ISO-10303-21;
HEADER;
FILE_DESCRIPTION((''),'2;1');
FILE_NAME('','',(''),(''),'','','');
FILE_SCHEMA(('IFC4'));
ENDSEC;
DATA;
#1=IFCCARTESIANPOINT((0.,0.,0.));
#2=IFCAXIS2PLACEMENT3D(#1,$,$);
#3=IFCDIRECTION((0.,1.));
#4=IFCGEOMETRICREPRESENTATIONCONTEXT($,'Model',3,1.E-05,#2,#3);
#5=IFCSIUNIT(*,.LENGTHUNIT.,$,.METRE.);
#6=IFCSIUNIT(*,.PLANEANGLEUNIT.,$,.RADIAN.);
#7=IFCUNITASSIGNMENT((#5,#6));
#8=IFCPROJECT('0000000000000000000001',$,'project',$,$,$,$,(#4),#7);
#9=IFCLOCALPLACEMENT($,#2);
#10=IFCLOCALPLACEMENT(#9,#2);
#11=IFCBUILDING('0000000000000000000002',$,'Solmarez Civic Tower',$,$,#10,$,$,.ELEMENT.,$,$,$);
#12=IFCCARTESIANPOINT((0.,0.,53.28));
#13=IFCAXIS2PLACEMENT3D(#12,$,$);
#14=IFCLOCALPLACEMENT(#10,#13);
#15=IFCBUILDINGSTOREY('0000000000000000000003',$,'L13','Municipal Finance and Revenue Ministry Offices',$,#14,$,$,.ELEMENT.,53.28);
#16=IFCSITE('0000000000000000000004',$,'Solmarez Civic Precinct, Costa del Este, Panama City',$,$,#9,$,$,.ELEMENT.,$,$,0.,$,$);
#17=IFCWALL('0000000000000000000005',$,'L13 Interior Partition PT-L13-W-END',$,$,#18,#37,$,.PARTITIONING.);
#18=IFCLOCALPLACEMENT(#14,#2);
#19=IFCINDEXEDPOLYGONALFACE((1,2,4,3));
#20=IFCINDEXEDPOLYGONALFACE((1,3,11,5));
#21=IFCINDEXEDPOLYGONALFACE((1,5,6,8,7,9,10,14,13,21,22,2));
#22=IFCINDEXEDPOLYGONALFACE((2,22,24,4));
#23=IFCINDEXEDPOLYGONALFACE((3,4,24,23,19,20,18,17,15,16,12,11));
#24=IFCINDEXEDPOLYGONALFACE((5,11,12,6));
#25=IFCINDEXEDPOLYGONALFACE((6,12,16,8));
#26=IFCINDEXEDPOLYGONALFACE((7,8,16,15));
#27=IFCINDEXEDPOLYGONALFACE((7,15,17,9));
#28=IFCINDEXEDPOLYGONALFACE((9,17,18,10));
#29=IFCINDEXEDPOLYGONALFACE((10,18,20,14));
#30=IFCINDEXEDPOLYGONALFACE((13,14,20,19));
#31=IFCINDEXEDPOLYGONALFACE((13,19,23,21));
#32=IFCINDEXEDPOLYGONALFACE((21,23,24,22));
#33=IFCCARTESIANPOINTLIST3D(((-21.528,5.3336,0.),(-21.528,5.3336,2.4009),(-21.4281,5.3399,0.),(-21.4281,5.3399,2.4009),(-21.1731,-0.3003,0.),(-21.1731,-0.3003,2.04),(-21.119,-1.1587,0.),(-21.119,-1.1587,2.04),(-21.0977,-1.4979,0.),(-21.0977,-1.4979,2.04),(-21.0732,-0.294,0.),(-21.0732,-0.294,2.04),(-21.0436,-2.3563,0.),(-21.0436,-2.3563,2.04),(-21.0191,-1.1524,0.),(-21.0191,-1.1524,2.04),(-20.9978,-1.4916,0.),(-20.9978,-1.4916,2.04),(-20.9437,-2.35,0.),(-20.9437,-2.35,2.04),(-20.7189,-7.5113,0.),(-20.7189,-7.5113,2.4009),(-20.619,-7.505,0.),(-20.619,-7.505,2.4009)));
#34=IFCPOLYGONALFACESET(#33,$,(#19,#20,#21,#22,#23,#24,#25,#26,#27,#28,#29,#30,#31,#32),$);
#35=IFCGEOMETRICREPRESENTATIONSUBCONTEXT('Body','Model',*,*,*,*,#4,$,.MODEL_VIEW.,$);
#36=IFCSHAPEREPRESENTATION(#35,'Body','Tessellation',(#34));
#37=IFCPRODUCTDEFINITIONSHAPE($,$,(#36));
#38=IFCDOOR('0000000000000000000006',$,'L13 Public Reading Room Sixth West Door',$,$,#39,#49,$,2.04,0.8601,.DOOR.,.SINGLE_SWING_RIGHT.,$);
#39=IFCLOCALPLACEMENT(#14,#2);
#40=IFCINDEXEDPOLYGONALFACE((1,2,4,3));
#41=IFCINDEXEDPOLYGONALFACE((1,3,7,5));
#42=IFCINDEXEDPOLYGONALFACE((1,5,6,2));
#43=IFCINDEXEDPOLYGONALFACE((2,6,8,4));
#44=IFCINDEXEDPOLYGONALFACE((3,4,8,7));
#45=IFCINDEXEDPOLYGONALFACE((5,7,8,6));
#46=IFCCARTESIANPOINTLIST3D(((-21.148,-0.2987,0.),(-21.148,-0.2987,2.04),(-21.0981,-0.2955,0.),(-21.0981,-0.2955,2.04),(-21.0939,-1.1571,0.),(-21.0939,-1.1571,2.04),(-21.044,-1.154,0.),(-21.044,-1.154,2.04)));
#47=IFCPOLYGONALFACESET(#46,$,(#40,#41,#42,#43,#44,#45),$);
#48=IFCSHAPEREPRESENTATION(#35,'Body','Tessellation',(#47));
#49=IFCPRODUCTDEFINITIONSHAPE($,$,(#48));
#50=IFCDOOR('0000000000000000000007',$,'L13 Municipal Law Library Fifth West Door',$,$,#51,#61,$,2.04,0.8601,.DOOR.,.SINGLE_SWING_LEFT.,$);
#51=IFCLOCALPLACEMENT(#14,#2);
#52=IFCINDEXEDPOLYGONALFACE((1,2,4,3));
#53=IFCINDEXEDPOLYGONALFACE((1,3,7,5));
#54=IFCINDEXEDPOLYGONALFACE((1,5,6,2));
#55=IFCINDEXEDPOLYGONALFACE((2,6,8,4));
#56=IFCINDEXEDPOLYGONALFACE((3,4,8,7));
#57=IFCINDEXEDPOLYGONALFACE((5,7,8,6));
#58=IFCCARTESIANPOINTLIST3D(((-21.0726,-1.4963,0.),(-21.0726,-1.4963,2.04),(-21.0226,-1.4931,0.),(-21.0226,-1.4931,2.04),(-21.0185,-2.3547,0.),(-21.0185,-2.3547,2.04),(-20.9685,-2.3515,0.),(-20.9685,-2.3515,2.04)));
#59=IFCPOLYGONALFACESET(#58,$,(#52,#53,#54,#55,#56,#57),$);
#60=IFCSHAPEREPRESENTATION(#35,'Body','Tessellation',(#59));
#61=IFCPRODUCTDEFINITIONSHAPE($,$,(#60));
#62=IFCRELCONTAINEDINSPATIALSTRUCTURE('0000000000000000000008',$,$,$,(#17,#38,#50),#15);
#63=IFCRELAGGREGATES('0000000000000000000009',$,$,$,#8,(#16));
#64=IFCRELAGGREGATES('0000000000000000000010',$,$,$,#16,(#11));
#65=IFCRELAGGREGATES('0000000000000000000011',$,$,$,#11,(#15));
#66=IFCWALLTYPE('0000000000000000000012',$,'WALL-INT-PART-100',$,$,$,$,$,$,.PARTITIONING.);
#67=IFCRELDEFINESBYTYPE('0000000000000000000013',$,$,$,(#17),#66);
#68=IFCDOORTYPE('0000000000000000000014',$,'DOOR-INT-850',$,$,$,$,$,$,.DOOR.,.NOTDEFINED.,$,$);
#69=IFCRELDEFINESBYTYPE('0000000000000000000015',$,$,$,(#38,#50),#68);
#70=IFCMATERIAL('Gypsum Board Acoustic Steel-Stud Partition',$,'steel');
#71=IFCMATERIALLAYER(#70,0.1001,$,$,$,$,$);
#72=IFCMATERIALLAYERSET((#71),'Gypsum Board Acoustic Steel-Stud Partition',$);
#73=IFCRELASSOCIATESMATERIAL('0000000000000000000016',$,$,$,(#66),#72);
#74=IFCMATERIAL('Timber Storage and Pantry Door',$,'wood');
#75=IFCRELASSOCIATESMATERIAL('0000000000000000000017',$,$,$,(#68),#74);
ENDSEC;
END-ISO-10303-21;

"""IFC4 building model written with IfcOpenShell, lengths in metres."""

from ifc_helpers import new_model, si_unit, direction, frame, frame_2d, origin, place, context, subcontext, project, spatial, rectangle, extrude, material, layer, layer_set, type_object, element, fill, save


model = new_model("IFC4")

# Units and contexts
model_context = context("Model", 3, precision=1e-05, world=origin(), true_north=direction((0.0, 1.0)))
body_context = subcontext(model_context, "Body", "Model", "MODEL_VIEW")
ifc_project = project(units=[si_unit("LENGTHUNIT", "METRE"), si_unit("PLANEANGLEUNIT", "RADIAN")], contexts=[model_context])

# Site, building, storey
site_placement = place(None, origin())
site = spatial("IfcSite", under=ifc_project, at=site_placement, Name="Solmarez Civic Precinct, Costa del Este, Panama City", CompositionType="ELEMENT", RefElevation=0.0)
building_placement = place(site_placement, origin())
building = spatial("IfcBuilding", under=site, at=building_placement, Name="Solmarez Civic Tower", CompositionType="ELEMENT")
storey_placement = place(building_placement, frame((0.0, 0.0, 53.28)))
storey = spatial("IfcBuildingStorey", under=building, at=storey_placement, Name="L13", Description="Municipal Finance and Revenue Ministry Offices", CompositionType="ELEMENT", Elevation=53.28)

# Shared definitions
ifc_material_1 = material(Name="Gypsum Board Acoustic Steel-Stud Partition", Category="steel")
ifc_layer_1 = layer(ifc_material_1, 0.1001)
ifc_layer_set_1 = layer_set([ifc_layer_1], Name="Gypsum Board Acoustic Steel-Stud Partition")
wall_type_1 = type_object("IfcWallType", Name="WALL-INT-PART-100", PredefinedType="PARTITIONING", material=ifc_layer_set_1)

# Shared definitions
ifc_material_2 = material(Name="Timber Storage and Pantry Door", Category="wood")
door_type_1 = type_object("IfcDoorType", Name="DOOR-INT-850", OperationType="NOTDEFINED", PredefinedType="DOOR", material=ifc_material_2)

# Wall, openings, doors
wall_1_placement = place(storey_placement, frame((-20.6689, -7.5081, 0.0), z_axis=(0.0, 0.0, 1.0), x_axis=(-0.062864, 0.998022, 0.0)))
wall_1 = element("IfcWall", 1, at=wall_1_placement, inside=storey, type_object=wall_type_1, Name="L13 Interior Partition PT-L13-W-END", PredefinedType="PARTITIONING", context=body_context, shape_type="SweptSolid", body=[
    extrude(rectangle(XDim=12.8704, YDim=0.1001, at=frame_2d((6.4351, 0.0))), origin(), (0.0, 0.0, 1.0), 2.4009),
])
opening_1_placement = place(wall_1_placement, frame((6.365, 0.0, 0.0)))
opening_1 = element("IfcOpeningElement", 2, at=opening_1_placement, cuts=wall_1, PredefinedType="OPENING", context=body_context, shape_type="SweptSolid", body=[
    extrude(rectangle(XDim=0.8601, YDim=2.04, at=frame_2d((0.4302, 1.02))), frame((0.0, 0.0601, 0.0), z_axis=(0.0, -1.0, 0.0), x_axis=(1.0, 0.0, 0.0)), (0.0, 0.0, 1.0), 0.1201),
])
opening_2_placement = place(wall_1_placement, frame((5.165, 0.0, 0.0)))
opening_2 = element("IfcOpeningElement", 3, at=opening_2_placement, cuts=wall_1, PredefinedType="OPENING", context=body_context, shape_type="SweptSolid", body=[
    extrude(rectangle(XDim=0.8601, YDim=2.04, at=frame_2d((0.4302, 1.02))), frame((0.0, 0.0601, 0.0), z_axis=(0.0, -1.0, 0.0), x_axis=(1.0, 0.0, 0.0)), (0.0, 0.0, 1.0), 0.1201),
])
door_1_placement = place(opening_1_placement, origin())
door_1 = element("IfcDoor", 4, at=door_1_placement, inside=storey, type_object=door_type_1, Name="L13 Public Reading Room Sixth West Door", OperationType="SINGLE_SWING_RIGHT", OverallHeight=2.04, OverallWidth=0.8601, PredefinedType="DOOR", context=body_context, shape_type="SweptSolid", body=[
    extrude(rectangle(XDim=0.8601, YDim=2.04, at=frame_2d((0.4302, 1.02))), frame((0.0, 0.0249, 0.0), z_axis=(0.0, -1.0, 0.0), x_axis=(1.0, 0.0, 0.0)), (0.0, 0.0, 1.0), 0.05),
])
fill(opening_1, door_1)
door_2_placement = place(opening_2_placement, origin())
door_2 = element("IfcDoor", 5, at=door_2_placement, inside=storey, type_object=door_type_1, Name="L13 Municipal Law Library Fifth West Door", OperationType="SINGLE_SWING_LEFT", OverallHeight=2.04, OverallWidth=0.8601, PredefinedType="DOOR", context=body_context, shape_type="SweptSolid", body=[
    extrude(rectangle(XDim=0.8601, YDim=2.04, at=frame_2d((0.4302, 1.02))), frame((0.0, 0.0249, 0.0), z_axis=(0.0, -1.0, 0.0), x_axis=(1.0, 0.0, 0.0)), (0.0, 0.0, 1.0), 0.05),
])
fill(opening_2, door_2)

save(model, "model.ifc")
